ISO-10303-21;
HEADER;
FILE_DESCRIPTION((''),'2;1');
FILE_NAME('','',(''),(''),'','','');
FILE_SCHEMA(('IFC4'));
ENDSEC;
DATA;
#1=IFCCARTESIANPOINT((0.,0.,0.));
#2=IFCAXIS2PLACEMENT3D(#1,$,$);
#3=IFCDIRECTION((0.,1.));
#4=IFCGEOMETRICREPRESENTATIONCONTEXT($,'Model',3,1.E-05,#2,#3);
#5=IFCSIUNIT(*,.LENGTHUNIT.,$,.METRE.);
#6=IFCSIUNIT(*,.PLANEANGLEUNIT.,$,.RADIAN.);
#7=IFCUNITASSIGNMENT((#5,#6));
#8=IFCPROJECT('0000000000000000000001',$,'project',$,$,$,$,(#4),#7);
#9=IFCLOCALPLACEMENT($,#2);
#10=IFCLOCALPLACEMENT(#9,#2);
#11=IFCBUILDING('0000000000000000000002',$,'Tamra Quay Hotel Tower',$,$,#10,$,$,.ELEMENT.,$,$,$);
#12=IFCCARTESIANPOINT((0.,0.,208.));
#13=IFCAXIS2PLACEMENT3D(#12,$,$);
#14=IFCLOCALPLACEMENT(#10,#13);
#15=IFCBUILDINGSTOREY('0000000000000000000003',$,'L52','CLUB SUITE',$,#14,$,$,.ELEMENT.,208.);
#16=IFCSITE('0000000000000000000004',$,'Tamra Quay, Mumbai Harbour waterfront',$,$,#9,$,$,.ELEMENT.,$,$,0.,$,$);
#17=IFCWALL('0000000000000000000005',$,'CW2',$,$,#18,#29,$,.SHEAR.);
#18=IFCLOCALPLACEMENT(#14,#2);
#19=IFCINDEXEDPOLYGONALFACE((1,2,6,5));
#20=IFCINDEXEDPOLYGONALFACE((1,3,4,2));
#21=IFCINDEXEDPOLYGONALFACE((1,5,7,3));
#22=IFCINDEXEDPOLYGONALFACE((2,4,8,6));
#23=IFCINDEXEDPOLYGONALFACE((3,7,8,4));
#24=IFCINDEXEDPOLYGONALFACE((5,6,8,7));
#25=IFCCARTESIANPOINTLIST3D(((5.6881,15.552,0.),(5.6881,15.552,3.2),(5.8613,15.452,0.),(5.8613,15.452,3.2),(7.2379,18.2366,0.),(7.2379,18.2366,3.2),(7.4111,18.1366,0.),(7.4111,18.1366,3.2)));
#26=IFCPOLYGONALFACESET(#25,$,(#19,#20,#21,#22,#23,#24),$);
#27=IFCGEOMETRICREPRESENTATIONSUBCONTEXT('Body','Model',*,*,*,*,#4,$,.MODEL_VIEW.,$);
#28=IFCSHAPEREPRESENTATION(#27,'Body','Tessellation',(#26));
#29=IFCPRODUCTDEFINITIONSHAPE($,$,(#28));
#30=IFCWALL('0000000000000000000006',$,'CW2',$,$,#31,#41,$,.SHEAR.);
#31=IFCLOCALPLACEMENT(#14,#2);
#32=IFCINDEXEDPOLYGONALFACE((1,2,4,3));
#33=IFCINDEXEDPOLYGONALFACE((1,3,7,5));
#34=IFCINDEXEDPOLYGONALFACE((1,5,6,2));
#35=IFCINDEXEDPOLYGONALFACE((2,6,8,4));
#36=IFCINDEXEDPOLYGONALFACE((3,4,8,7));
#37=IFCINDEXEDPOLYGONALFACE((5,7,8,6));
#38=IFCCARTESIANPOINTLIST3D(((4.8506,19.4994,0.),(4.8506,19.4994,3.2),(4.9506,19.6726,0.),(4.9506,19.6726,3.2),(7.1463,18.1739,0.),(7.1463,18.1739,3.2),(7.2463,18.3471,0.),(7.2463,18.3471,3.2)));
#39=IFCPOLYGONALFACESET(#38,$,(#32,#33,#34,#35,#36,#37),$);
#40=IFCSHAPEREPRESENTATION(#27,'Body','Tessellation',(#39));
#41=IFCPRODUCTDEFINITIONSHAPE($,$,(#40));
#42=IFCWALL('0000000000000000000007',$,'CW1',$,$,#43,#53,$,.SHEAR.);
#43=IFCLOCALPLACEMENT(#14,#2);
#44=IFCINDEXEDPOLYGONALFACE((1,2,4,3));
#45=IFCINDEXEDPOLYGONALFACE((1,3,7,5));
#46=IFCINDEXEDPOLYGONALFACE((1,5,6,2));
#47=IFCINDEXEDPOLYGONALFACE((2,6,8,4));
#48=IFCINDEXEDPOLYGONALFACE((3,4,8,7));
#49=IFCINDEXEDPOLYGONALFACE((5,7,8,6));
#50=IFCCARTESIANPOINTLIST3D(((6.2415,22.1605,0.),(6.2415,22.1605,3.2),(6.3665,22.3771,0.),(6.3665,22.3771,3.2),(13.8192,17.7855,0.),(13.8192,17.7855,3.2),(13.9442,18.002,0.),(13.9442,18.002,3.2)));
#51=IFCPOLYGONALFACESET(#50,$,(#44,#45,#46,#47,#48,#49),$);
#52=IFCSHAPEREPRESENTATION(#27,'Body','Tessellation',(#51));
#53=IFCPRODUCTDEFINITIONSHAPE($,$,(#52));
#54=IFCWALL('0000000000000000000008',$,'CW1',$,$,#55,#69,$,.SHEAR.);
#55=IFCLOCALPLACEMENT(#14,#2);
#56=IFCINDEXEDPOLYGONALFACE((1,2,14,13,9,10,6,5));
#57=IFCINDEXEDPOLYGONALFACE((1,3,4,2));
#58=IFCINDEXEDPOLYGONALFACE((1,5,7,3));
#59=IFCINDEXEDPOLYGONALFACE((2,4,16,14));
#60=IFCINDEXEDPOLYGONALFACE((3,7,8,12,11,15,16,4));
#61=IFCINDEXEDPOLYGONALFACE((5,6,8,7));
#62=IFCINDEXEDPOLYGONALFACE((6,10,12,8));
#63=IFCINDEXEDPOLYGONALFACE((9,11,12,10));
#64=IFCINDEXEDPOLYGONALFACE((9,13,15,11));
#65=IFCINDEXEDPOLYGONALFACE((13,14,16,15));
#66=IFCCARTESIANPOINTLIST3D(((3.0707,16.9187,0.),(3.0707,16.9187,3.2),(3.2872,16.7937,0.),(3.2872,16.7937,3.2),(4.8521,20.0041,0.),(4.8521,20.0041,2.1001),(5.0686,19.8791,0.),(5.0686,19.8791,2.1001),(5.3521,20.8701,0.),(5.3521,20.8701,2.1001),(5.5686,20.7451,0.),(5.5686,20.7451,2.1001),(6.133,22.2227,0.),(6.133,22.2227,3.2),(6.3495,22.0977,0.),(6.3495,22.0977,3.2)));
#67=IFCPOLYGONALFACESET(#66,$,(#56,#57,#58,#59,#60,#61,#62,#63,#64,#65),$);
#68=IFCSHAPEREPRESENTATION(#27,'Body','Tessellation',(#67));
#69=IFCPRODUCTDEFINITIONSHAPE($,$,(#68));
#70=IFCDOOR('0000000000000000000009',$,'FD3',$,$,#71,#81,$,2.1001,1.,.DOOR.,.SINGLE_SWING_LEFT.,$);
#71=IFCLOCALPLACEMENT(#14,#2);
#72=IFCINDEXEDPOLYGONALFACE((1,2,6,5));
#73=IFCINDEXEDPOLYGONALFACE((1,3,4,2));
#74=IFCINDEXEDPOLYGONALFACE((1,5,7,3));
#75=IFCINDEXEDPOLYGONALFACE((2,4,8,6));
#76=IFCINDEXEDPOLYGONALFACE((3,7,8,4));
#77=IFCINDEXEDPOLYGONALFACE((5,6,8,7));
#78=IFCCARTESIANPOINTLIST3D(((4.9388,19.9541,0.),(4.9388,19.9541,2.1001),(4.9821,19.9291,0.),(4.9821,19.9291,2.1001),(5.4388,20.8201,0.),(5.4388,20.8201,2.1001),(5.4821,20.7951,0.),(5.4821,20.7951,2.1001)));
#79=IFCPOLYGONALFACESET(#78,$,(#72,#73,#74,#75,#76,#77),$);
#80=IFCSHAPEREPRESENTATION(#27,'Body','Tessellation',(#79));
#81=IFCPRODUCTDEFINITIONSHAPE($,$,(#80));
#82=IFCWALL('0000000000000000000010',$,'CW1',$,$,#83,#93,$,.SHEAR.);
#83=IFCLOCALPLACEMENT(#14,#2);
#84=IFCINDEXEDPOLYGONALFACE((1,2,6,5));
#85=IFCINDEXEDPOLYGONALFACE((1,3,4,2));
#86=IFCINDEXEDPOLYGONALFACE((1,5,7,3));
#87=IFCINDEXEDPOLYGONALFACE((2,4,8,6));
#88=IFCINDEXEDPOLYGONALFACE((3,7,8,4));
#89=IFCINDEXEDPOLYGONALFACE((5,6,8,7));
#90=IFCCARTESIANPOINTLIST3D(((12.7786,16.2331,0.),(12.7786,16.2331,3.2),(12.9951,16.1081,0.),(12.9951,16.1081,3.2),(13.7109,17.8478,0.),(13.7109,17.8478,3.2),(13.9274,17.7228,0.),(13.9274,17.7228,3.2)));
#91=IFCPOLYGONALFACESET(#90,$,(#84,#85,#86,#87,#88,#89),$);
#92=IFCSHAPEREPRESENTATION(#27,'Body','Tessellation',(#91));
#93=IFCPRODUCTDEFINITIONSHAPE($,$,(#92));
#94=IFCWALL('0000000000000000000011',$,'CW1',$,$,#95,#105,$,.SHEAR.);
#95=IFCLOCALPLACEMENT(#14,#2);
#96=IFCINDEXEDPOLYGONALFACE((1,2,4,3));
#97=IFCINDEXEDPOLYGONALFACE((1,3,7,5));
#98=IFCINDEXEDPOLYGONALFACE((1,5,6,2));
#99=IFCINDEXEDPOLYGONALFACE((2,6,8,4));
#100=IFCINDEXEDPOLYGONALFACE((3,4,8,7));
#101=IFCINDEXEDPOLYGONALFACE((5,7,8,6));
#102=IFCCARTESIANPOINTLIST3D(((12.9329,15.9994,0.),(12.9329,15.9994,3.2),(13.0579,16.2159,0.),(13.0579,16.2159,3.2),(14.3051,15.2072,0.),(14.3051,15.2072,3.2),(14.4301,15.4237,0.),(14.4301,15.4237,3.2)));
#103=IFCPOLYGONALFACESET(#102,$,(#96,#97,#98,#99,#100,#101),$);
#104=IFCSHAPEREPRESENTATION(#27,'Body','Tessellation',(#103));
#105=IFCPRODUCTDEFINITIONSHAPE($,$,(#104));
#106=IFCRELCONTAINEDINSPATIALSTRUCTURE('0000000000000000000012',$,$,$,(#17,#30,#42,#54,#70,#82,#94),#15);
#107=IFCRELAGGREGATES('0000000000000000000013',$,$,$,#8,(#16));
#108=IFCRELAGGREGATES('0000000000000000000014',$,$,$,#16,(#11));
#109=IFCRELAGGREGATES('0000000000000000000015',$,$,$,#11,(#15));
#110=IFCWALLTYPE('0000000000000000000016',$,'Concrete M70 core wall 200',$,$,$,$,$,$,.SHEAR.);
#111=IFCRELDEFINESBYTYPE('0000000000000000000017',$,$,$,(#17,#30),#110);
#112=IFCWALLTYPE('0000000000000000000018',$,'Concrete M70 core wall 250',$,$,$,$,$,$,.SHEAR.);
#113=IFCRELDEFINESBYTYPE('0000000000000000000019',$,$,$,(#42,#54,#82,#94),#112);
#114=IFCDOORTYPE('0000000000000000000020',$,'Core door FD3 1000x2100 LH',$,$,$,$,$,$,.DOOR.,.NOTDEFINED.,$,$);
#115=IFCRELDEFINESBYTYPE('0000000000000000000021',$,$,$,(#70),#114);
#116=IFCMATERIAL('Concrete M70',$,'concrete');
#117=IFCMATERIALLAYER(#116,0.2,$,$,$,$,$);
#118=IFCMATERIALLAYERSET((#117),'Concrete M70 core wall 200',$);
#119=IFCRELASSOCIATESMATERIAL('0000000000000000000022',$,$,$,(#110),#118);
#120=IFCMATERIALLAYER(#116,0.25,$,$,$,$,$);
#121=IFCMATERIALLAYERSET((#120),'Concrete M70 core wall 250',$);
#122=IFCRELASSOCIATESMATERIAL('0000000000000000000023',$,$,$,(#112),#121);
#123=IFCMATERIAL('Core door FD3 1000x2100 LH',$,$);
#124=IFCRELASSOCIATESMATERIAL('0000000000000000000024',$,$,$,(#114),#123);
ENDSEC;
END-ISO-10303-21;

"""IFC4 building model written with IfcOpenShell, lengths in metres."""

from ifc_helpers import new_model, si_unit, direction, frame, frame_2d, origin, place, context, subcontext, project, spatial, rectangle, extrude, material, layer, layer_set, type_object, element, fill, save


model = new_model("IFC4")

# Units and contexts
model_context = context("Model", 3, precision=1e-05, world=origin(), true_north=direction((0.0, 1.0)))
body_context = subcontext(model_context, "Body", "Model", "MODEL_VIEW")
ifc_project = project(units=[si_unit("LENGTHUNIT", "METRE"), si_unit("PLANEANGLEUNIT", "RADIAN")], contexts=[model_context])

# Site, building, storey
site_placement = place(None, origin())
site = spatial("IfcSite", under=ifc_project, at=site_placement, Name="Tamra Quay, Mumbai Harbour waterfront", CompositionType="ELEMENT", RefElevation=0.0)
building_placement = place(site_placement, origin())
building = spatial("IfcBuilding", under=site, at=building_placement, Name="Tamra Quay Hotel Tower", CompositionType="ELEMENT")
storey_placement = place(building_placement, frame((0.0, 0.0, 208.0)))
storey = spatial("IfcBuildingStorey", under=building, at=storey_placement, Name="L52", Description="CLUB SUITE", CompositionType="ELEMENT", Elevation=208.0)

# Shared definitions
ifc_material_1 = material(Name="Concrete M70", Category="concrete")

# Walls
ifc_layer_1 = layer(ifc_material_1, 0.2)
ifc_layer_set_1 = layer_set([ifc_layer_1], Name="Concrete M70 core wall 200")
wall_type_1 = type_object("IfcWallType", Name="Concrete M70 core wall 200", PredefinedType="SHEAR", material=ifc_layer_set_1)
wall_1_placement = place(storey_placement, frame((7.3245, 18.1865, 0.0), z_axis=(0.0, 0.0, 1.0), x_axis=(-0.499968, -0.866044, 0.0)))
element("IfcWall", 1, at=wall_1_placement, inside=storey, type_object=wall_type_1, Name="CW2", PredefinedType="SHEAR", context=body_context, shape_type="SweptSolid", body=[
    extrude(rectangle(XDim=3.0999, YDim=0.2, at=frame_2d((1.5498, 0.0))), origin(), (0.0, 0.0, 1.0), 3.2),
])
wall_2_placement = place(storey_placement, frame((7.1963, 18.2605, 0.0), z_axis=(0.0, 0.0, 1.0), x_axis=(-0.866018, 0.500012, 0.0)))
element("IfcWall", 2, at=wall_2_placement, inside=storey, type_object=wall_type_1, Name="CW2", PredefinedType="SHEAR", context=body_context, shape_type="SweptSolid", body=[
    extrude(rectangle(XDim=2.6509, YDim=0.2, at=frame_2d((1.3254, 0.0))), origin(), (0.0, 0.0, 1.0), 3.2),
])
ifc_layer_2 = layer(ifc_material_1, 0.25)
ifc_layer_set_2 = layer_set([ifc_layer_2], Name="Concrete M70 core wall 250")
wall_type_2 = type_object("IfcWallType", Name="Concrete M70 core wall 250", PredefinedType="SHEAR", material=ifc_layer_set_2)
wall_3_placement = place(storey_placement, frame((6.304, 22.2688, 0.0), z_axis=(0.0, 0.0, 1.0), x_axis=(0.866023, -0.500004, 0.0)))
element("IfcWall", 3, at=wall_3_placement, inside=storey, type_object=wall_type_2, Name="CW1", PredefinedType="SHEAR", context=body_context, shape_type="SweptSolid", body=[
    extrude(rectangle(XDim=8.75, YDim=0.25, at=frame_2d((4.375, 0.0))), origin(), (0.0, 0.0, 1.0), 3.2),
])

# Wall, opening, door
wall_4_placement = place(storey_placement, frame((3.179, 16.8562, 0.0), z_axis=(0.0, 0.0, 1.0), x_axis=(0.500002, 0.866024, 0.0)))
wall_4 = element("IfcWall", 4, at=wall_4_placement, inside=storey, type_object=wall_type_2, Name="CW1", PredefinedType="SHEAR", context=body_context, shape_type="SweptSolid", body=[
    extrude(rectangle(XDim=6.1245, YDim=0.25, at=frame_2d((3.0623, 0.0))), origin(), (0.0, 0.0, 1.0), 3.2),
])
opening_placement = place(wall_4_placement, frame((3.5627, 0.0, 0.0)))
opening = element("IfcOpeningElement", 5, at=opening_placement, cuts=wall_4, PredefinedType="OPENING", context=body_context, shape_type="SweptSolid", body=[
    extrude(rectangle(XDim=1.0, YDim=2.1001, at=frame_2d((0.5, 1.05))), frame((0.0, 0.135, 0.0), z_axis=(0.0, -1.0, 0.0), x_axis=(1.0, 0.0, 0.0)), (0.0, 0.0, 1.0), 0.27),
])
ifc_material_2 = material(Name="Core door FD3 1000x2100 LH")
door_type = type_object("IfcDoorType", Name="Core door FD3 1000x2100 LH", OperationType="NOTDEFINED", PredefinedType="DOOR", material=ifc_material_2)
door_placement = place(opening_placement, origin())
door = element("IfcDoor", 6, at=door_placement, inside=storey, type_object=door_type, Name="FD3", OperationType="SINGLE_SWING_LEFT", OverallHeight=2.1001, OverallWidth=1.0, PredefinedType="DOOR", context=body_context, shape_type="SweptSolid", body=[
    extrude(rectangle(XDim=1.0, YDim=2.1001, at=frame_2d((0.5, 1.05))), frame((0.0, 0.0249, 0.0), z_axis=(0.0, -1.0, 0.0), x_axis=(1.0, 0.0, 0.0)), (0.0, 0.0, 1.0), 0.05),
])
fill(opening, door)

# Walls
wall_5_placement = place(storey_placement, frame((13.8191, 17.7852, 0.0), z_axis=(0.0, 0.0, 1.0), x_axis=(-0.50004, -0.866002, 0.0)))
element("IfcWall", 7, at=wall_5_placement, inside=storey, type_object=wall_type_2, Name="CW1", PredefinedType="SHEAR", context=body_context, shape_type="SweptSolid", body=[
    extrude(rectangle(XDim=1.8645, YDim=0.25, at=frame_2d((0.9321, 0.0))), origin(), (0.0, 0.0, 1.0), 3.2),
])
wall_6_placement = place(storey_placement, frame((12.9954, 16.1077, 0.0), z_axis=(0.0, 0.0, 1.0), x_axis=(0.866044, -0.499967, 0.0)))
element("IfcWall", 8, at=wall_6_placement, inside=storey, type_object=wall_type_2, Name="CW1", PredefinedType="SHEAR", context=body_context, shape_type="SweptSolid", body=[
    extrude(rectangle(XDim=1.5845, YDim=0.25, at=frame_2d((0.7922, 0.0))), origin(), (0.0, 0.0, 1.0), 3.2),
])

save(model, "model.ifc")
